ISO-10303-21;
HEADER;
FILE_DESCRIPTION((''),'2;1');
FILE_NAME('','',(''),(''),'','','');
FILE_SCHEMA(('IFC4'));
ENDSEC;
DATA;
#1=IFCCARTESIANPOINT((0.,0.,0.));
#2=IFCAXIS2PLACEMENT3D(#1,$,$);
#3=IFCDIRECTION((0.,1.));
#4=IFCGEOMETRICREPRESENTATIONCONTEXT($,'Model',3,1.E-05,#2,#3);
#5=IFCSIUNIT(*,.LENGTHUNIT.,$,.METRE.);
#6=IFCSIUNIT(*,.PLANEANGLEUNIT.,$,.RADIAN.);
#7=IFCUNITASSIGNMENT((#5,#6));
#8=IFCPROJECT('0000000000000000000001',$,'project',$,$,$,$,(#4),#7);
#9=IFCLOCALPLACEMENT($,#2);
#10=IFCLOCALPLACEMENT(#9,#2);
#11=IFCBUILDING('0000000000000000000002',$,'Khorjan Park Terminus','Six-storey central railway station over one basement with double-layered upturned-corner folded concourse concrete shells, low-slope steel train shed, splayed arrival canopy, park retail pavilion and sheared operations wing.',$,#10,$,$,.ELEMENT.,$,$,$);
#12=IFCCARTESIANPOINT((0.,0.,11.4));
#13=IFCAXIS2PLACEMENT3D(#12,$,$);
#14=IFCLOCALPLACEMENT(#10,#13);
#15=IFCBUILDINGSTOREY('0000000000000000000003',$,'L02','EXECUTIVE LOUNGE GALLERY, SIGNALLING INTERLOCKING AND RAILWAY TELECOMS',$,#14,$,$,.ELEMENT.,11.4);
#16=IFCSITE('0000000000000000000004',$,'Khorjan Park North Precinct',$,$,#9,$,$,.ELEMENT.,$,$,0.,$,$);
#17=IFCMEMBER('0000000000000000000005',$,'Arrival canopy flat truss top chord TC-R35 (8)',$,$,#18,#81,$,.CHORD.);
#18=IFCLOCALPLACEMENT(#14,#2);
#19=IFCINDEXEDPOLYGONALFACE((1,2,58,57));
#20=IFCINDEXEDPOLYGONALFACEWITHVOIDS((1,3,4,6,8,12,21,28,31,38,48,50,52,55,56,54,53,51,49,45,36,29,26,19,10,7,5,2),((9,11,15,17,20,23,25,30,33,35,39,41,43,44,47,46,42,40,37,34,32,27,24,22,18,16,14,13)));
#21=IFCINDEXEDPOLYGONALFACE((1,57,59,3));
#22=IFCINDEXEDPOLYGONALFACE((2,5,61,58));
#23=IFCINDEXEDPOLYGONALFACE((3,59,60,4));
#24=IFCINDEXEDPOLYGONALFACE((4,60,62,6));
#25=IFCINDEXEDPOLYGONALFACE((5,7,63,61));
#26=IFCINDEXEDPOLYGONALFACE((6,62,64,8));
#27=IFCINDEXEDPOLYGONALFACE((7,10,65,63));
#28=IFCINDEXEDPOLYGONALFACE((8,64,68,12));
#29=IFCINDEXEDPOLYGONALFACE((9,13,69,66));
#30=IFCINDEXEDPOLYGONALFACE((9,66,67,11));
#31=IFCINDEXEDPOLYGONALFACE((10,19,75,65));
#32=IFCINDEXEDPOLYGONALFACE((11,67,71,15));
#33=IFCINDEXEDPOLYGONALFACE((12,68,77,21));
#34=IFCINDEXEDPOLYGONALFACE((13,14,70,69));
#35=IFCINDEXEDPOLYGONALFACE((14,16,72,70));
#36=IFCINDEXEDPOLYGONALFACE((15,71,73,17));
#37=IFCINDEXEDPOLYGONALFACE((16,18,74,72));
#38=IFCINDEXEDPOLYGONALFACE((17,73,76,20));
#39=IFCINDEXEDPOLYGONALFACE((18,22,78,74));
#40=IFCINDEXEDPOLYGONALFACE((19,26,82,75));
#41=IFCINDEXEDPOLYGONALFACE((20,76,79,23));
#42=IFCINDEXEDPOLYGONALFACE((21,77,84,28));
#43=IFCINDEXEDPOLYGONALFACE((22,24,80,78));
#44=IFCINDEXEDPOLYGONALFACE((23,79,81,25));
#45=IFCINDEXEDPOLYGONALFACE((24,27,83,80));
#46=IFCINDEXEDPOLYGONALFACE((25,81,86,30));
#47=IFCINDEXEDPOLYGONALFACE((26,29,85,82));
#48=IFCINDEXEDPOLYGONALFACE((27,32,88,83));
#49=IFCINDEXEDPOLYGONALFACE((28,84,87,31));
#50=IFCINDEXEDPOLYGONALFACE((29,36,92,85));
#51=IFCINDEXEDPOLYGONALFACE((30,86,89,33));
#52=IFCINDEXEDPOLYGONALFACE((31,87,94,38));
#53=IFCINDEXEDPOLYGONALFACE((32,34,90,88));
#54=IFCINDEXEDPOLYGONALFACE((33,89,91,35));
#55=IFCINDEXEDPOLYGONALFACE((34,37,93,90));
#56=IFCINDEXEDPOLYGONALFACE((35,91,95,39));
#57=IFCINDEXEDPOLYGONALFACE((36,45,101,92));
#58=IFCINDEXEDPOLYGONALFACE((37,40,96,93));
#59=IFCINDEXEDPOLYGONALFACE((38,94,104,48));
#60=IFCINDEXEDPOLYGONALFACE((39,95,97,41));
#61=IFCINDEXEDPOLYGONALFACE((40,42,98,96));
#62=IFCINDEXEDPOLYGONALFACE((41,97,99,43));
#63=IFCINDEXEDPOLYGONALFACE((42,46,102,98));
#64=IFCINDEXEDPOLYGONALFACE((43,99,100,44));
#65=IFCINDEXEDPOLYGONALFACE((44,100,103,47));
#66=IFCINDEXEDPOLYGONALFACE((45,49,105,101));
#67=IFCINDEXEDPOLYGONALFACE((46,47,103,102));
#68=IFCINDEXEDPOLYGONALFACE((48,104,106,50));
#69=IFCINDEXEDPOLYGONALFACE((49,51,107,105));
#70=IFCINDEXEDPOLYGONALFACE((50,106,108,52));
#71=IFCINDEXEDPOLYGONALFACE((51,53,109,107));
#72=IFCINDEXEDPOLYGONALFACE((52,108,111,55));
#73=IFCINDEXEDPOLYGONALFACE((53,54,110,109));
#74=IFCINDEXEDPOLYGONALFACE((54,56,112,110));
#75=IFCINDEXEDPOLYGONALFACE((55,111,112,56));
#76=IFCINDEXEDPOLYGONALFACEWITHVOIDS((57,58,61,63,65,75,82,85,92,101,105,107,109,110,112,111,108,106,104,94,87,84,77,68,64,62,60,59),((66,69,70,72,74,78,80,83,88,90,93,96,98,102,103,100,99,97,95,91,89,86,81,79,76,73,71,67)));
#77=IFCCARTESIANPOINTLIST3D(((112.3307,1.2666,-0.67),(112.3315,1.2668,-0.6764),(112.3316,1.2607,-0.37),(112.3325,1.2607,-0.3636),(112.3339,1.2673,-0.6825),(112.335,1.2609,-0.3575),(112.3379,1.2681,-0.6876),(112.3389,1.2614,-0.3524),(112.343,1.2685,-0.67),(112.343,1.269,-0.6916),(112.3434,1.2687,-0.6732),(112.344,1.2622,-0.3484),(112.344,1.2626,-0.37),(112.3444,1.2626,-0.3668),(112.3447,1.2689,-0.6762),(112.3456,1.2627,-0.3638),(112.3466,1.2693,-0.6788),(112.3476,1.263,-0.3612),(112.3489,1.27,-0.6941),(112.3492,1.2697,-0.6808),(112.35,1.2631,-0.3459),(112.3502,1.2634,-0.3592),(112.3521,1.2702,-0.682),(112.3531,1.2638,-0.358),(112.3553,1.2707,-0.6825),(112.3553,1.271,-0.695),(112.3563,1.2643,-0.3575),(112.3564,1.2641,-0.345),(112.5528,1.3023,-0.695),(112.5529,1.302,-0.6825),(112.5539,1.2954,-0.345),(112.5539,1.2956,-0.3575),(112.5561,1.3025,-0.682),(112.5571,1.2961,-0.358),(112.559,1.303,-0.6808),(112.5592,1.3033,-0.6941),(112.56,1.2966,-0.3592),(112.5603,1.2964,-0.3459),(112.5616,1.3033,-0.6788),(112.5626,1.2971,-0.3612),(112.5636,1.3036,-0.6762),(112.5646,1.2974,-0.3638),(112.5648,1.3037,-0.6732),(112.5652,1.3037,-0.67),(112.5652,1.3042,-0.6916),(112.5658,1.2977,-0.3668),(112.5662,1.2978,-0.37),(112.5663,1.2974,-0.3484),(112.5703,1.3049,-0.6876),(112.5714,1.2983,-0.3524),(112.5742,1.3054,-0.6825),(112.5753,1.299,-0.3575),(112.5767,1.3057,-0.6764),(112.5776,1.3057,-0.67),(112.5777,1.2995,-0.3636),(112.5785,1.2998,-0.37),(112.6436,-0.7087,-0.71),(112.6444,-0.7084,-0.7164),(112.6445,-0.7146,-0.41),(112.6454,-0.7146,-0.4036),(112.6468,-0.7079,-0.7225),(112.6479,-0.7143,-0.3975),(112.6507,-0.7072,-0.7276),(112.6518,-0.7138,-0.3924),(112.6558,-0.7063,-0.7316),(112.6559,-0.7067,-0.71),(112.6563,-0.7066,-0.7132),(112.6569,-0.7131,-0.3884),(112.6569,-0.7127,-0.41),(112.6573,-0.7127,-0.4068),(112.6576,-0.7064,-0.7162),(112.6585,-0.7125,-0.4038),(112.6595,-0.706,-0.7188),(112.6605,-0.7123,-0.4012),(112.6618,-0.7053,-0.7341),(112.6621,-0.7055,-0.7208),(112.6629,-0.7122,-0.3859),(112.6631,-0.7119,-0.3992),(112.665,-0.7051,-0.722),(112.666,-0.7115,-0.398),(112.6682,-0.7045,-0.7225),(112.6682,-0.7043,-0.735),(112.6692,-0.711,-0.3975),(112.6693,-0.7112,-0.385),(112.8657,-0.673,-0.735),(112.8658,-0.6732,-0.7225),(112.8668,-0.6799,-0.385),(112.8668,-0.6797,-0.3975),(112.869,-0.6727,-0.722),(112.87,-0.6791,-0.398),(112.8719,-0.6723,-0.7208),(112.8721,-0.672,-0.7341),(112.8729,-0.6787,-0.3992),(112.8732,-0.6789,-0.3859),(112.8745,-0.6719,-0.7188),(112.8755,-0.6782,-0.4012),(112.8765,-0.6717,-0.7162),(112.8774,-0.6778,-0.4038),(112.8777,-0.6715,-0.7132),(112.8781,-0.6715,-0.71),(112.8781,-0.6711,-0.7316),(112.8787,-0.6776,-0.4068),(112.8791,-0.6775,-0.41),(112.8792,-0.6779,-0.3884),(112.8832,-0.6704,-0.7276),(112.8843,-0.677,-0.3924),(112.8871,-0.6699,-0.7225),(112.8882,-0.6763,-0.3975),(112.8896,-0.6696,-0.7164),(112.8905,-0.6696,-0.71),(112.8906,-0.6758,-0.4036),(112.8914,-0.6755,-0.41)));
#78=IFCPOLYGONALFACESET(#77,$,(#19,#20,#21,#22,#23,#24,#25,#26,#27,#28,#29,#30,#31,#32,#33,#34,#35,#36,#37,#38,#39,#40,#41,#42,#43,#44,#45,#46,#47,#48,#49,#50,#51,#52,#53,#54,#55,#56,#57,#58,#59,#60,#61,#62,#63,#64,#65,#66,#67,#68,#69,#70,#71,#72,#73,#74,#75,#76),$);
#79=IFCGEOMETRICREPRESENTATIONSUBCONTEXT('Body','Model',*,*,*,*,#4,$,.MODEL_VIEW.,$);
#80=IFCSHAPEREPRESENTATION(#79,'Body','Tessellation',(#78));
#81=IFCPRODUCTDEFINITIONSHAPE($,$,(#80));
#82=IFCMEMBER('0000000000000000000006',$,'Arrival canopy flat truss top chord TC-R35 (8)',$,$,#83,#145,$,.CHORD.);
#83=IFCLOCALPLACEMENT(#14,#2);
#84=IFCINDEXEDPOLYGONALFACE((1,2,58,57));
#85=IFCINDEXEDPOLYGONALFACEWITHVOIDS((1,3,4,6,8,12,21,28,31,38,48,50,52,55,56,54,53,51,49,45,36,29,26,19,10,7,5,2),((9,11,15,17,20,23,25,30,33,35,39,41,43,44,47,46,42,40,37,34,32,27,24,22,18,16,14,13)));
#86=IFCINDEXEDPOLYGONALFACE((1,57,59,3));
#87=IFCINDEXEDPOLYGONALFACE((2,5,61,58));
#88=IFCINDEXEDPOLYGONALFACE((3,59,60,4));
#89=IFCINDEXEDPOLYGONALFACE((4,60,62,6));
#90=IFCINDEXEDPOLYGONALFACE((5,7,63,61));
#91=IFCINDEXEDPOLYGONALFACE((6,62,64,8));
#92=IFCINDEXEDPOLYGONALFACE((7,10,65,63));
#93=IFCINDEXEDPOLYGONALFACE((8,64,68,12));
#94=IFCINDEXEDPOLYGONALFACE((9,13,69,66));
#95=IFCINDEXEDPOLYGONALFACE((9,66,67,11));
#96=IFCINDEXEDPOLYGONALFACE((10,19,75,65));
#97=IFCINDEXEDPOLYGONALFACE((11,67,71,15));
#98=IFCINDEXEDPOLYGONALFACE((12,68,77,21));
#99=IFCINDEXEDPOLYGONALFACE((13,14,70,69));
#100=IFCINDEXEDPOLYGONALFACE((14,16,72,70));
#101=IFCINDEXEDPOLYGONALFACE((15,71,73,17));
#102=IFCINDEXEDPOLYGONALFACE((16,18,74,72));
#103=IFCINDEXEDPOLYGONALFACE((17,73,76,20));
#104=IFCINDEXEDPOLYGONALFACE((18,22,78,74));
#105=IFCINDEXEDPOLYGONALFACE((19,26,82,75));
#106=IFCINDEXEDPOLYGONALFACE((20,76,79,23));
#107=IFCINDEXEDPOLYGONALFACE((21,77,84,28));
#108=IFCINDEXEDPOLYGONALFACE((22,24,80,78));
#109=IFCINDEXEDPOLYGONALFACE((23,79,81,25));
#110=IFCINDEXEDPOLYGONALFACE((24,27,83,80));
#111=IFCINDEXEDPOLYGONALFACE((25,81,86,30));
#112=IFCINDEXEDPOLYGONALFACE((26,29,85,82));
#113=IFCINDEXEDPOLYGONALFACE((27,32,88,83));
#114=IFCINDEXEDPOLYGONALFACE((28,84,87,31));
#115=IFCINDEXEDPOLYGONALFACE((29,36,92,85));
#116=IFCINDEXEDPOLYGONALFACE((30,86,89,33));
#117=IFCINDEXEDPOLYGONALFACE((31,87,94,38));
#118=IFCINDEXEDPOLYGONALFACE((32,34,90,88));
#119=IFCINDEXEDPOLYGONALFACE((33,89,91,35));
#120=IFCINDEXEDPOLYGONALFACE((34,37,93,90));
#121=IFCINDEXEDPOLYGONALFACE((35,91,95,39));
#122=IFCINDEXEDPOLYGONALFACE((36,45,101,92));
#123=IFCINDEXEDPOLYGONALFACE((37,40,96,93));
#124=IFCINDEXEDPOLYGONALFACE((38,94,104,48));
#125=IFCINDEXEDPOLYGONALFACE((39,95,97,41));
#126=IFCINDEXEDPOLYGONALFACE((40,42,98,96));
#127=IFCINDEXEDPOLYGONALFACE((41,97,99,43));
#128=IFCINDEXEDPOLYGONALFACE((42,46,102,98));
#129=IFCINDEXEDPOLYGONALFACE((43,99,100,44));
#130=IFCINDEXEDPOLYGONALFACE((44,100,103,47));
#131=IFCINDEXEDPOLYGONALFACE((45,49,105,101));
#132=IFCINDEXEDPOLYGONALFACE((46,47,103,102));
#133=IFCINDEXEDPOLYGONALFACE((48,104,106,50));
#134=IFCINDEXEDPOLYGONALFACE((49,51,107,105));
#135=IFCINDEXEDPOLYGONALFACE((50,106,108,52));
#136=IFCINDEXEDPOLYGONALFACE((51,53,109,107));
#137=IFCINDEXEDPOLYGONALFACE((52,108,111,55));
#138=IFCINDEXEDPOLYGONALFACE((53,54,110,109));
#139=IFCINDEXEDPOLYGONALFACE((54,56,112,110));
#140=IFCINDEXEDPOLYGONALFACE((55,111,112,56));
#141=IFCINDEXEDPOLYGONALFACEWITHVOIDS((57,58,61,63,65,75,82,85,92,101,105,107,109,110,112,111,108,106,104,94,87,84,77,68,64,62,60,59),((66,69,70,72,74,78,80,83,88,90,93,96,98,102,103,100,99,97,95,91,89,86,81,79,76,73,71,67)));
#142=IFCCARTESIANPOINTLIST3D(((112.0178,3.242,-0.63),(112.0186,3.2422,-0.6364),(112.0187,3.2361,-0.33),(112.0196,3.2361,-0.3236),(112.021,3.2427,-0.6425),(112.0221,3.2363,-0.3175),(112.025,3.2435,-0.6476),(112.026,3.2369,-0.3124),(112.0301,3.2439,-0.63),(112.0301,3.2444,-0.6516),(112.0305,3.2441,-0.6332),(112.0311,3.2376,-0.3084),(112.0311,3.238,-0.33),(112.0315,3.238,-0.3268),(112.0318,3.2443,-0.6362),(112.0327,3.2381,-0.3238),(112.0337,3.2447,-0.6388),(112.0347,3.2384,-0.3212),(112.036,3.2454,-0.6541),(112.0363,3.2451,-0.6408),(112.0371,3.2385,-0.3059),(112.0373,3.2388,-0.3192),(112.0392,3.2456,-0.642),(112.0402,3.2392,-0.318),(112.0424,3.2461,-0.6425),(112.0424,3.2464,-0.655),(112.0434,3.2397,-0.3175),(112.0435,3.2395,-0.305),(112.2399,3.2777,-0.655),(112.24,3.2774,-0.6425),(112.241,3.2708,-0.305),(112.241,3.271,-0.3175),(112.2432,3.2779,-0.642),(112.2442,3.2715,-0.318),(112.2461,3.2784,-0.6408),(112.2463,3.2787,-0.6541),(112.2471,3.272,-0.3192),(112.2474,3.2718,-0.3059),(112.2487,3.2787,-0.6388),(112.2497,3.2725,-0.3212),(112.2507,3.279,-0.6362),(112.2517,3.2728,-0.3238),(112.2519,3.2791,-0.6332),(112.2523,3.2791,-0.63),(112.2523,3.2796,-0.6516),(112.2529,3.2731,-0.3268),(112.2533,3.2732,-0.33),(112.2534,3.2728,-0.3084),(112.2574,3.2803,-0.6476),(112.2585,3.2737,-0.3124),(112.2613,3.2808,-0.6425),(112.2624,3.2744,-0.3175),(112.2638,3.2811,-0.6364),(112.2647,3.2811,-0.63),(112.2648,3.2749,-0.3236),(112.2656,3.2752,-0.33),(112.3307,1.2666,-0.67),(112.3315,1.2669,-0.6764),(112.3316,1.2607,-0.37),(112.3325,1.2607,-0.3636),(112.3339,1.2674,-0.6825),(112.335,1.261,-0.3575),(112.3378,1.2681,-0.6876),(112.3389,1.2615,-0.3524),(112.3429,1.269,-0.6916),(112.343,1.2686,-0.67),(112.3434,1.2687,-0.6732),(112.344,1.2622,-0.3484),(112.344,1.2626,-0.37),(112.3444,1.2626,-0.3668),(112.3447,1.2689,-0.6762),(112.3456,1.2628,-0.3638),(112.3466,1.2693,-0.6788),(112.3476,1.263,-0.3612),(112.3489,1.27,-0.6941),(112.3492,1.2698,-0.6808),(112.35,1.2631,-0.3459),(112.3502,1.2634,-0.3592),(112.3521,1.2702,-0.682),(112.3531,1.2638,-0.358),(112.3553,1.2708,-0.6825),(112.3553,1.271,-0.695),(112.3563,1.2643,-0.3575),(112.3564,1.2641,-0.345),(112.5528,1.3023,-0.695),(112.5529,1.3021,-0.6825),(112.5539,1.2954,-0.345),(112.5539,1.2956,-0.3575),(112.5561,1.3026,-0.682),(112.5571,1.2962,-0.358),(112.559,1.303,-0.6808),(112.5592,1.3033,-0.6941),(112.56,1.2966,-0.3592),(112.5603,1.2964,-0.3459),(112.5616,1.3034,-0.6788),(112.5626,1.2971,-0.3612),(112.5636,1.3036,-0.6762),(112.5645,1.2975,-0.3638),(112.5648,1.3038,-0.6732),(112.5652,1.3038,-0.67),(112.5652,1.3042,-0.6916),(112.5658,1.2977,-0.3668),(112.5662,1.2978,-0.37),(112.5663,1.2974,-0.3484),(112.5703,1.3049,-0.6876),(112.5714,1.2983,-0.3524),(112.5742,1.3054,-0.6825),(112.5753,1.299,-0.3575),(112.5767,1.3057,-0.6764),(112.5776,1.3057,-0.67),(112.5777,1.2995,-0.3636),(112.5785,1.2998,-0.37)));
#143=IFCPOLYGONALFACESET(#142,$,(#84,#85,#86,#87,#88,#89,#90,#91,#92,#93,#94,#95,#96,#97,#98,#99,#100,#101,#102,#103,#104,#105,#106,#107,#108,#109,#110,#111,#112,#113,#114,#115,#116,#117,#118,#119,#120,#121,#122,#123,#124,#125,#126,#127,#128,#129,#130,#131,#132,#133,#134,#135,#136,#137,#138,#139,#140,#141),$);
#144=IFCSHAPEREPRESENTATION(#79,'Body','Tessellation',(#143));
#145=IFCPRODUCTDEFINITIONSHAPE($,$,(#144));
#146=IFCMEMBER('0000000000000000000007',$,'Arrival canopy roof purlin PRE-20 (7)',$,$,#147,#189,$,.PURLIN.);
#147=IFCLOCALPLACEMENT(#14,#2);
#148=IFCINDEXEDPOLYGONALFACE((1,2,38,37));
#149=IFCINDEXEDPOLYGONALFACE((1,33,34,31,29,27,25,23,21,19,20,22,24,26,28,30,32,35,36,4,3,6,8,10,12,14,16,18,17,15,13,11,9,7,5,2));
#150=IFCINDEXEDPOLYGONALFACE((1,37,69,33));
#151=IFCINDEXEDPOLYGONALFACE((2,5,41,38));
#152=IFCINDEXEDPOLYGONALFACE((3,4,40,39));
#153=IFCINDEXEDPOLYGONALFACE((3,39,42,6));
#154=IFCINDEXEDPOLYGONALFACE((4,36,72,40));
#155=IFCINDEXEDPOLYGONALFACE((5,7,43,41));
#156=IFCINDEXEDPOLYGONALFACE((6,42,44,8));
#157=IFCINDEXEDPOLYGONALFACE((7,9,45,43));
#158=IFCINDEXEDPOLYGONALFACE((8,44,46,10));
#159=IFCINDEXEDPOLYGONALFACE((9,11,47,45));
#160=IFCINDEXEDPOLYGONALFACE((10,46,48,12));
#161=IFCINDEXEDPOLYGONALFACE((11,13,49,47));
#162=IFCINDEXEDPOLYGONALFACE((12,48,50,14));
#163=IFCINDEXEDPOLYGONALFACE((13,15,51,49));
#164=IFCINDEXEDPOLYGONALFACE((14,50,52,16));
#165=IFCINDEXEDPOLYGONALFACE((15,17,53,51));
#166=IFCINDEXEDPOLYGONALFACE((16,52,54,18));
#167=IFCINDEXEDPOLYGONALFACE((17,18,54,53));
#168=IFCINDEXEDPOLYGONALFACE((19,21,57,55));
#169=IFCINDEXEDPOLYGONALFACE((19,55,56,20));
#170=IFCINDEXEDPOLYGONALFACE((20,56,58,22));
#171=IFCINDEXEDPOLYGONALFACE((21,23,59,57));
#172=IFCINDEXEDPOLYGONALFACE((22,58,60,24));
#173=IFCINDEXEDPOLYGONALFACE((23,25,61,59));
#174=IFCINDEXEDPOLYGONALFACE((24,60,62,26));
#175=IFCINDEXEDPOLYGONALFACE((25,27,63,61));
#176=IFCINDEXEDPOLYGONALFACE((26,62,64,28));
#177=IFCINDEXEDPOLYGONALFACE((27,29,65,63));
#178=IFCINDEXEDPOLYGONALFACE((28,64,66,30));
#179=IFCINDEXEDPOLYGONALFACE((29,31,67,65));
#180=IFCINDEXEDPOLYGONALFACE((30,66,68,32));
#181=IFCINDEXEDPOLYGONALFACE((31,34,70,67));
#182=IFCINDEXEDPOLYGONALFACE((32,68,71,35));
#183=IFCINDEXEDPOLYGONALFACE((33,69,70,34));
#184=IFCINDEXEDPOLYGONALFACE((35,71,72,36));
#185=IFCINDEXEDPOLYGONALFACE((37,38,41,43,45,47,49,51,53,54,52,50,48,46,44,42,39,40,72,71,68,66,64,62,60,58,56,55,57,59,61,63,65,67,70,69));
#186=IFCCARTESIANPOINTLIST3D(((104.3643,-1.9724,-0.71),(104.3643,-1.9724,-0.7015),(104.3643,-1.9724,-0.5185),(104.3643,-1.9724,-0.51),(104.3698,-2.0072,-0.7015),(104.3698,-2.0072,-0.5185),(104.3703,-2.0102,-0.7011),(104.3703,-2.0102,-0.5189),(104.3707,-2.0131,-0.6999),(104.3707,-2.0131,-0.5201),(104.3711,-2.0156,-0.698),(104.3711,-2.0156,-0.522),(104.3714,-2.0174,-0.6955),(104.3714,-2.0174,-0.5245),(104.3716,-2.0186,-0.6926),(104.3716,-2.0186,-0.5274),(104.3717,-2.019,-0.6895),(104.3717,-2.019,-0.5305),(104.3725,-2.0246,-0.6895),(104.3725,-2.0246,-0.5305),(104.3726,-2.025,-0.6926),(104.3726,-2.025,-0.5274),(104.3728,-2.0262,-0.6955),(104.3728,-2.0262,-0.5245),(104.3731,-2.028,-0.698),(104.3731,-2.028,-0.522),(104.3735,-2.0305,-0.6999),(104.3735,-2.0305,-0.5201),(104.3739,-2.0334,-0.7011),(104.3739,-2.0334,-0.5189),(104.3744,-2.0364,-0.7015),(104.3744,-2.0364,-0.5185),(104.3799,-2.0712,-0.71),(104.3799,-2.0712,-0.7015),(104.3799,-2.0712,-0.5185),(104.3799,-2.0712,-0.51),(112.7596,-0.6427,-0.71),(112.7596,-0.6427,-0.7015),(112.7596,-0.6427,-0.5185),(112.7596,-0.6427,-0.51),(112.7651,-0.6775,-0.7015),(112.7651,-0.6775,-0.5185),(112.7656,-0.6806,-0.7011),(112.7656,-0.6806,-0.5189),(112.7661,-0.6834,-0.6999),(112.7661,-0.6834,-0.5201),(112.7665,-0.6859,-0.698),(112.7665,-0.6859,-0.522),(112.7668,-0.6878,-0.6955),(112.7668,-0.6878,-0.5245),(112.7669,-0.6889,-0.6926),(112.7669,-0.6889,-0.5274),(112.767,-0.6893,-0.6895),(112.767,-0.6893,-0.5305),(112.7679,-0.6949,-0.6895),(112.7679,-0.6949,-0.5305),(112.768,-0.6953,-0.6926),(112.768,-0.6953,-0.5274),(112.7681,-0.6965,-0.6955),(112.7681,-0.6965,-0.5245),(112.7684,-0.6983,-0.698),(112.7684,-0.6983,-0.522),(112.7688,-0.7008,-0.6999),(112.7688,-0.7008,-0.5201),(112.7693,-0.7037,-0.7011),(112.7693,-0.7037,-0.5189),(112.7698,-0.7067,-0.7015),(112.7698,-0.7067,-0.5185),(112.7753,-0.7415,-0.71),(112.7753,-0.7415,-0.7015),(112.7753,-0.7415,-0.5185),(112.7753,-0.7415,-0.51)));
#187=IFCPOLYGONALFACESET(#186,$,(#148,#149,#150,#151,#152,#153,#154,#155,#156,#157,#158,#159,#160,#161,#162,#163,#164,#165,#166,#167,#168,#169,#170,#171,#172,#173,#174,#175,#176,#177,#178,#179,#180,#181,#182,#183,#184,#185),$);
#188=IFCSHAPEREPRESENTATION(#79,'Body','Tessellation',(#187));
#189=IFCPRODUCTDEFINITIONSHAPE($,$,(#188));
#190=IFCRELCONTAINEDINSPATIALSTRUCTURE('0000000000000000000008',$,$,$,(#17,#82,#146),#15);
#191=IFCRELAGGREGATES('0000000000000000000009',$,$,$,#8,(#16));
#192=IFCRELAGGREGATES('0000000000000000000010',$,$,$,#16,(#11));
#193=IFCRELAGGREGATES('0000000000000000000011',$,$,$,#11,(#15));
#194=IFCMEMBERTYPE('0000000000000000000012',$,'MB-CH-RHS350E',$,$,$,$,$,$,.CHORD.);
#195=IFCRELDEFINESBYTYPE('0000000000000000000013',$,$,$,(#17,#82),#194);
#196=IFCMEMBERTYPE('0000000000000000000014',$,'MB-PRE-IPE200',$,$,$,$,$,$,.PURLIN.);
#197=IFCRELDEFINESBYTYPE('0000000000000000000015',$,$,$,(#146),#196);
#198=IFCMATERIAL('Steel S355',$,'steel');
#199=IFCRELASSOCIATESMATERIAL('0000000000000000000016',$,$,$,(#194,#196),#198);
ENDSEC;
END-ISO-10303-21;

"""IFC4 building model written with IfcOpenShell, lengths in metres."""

from ifc_helpers import new_model, si_unit, direction, frame, origin, origin_2d, place, context, subcontext, project, spatial, hollow_rectangle, i_section, extrude, material, material_profile, profile_set, type_object, element, save


model = new_model("IFC4")

# Units and contexts
model_context = context("Model", 3, precision=1e-05, world=origin(), true_north=direction((0.0, 1.0)))
body_context = subcontext(model_context, "Body", "Model", "MODEL_VIEW")
ifc_project = project(units=[si_unit("LENGTHUNIT", "METRE"), si_unit("PLANEANGLEUNIT", "RADIAN")], contexts=[model_context])

# Site, building, storey
site_placement = place(None, origin())
site = spatial("IfcSite", under=ifc_project, at=site_placement, Name="Khorjan Park North Precinct", CompositionType="ELEMENT", RefElevation=0.0)
building_placement = place(site_placement, origin())
building = spatial("IfcBuilding", under=site, at=building_placement, Name="Khorjan Park Terminus", Description="Six-storey central railway station over one basement with double-layered upturned-corner folded concourse concrete shells, low-slope steel train shed, splayed arrival canopy, park retail pavilion and sheared operations wing.", CompositionType="ELEMENT")
storey_placement = place(building_placement, frame((0.0, 0.0, 11.4)))
storey = spatial("IfcBuildingStorey", under=building, at=storey_placement, Name="L02", Description="EXECUTIVE LOUNGE GALLERY, SIGNALLING INTERLOCKING AND RAILWAY TELECOMS", CompositionType="ELEMENT", Elevation=11.4)

# Members
ifc_material = material(Name="Steel S355", Category="steel")
ifc_material_profile_1 = material_profile(ifc_material, hollow_rectangle(XDim=0.25, YDim=0.35, WallThickness=0.0125, InnerFilletRadius=0.0125, OuterFilletRadius=0.025, at=origin_2d()), Name="RHS 350x250x12.5")
ifc_profile_set_1 = profile_set([ifc_material_profile_1], Name="Steel S355")
member_type_1 = type_object("IfcMemberType", Name="MB-CH-RHS350E", PredefinedType="CHORD", material=ifc_profile_set_1)
member_1_placement = place(storey_placement, frame((112.7675, -0.6921, -0.56), z_axis=(-0.156424, 0.987488, 0.019997), x_axis=(-0.987685, -0.156456, 0.0)))
element("IfcMember", 1, at=member_1_placement, inside=storey, type_object=member_type_1, Name="Arrival canopy flat truss top chord TC-R35 (8)", PredefinedType="CHORD", context=body_context, shape_type="SweptSolid", body=[
    extrude(hollow_rectangle(XDim=0.25, YDim=0.35, WallThickness=0.0125, InnerFilletRadius=0.0125, OuterFilletRadius=0.025, at=origin_2d()), origin(), (0.0, 0.0, 1.0), 2.0003),
])
member_2_placement = place(storey_placement, frame((112.4546, 1.2832, -0.52), z_axis=(-0.156417, 0.987489, 0.019996), x_axis=(-0.987686, -0.156448, 0.0)))
element("IfcMember", 2, at=member_2_placement, inside=storey, type_object=member_type_1, Name="Arrival canopy flat truss top chord TC-R35 (8)", PredefinedType="CHORD", context=body_context, shape_type="SweptSolid", body=[
    extrude(hollow_rectangle(XDim=0.25, YDim=0.35, WallThickness=0.0125, InnerFilletRadius=0.0125, OuterFilletRadius=0.025, at=origin_2d()), origin(), (0.0, 0.0, 1.0), 2.0004),
])
ifc_material_profile_2 = material_profile(ifc_material, i_section(OverallWidth=0.1, OverallDepth=0.2, WebThickness=0.0056, FlangeThickness=0.0085, FilletRadius=0.012, at=origin_2d()), Name="IPE 200")
ifc_profile_set_2 = profile_set([ifc_material_profile_2], Name="Steel S355")
member_type_2 = type_object("IfcMemberType", Name="MB-PRE-IPE200", PredefinedType="PURLIN", material=ifc_profile_set_2)
for number, where, z_axis, x_axis, name in (
    (3, (104.3721, -2.0218, -0.61), (0.987688, 0.156434, 0.0), (-0.156434, 0.987688, 0.0), "Arrival canopy roof purlin PRE-20 (7)"),
):
    element("IfcMember", number, at=place(storey_placement, frame(where, z_axis=z_axis, x_axis=x_axis)), inside=storey, type_object=member_type_2, Name=name, PredefinedType="PURLIN", context=body_context, shape_type="SweptSolid", body=[
        extrude(i_section(OverallWidth=0.1, OverallDepth=0.2, WebThickness=0.0056, FlangeThickness=0.0085, FilletRadius=0.012, at=origin_2d()), origin(), (0.0, 0.0, 1.0), 8.5),
    ])

save(model, "model.ifc")
